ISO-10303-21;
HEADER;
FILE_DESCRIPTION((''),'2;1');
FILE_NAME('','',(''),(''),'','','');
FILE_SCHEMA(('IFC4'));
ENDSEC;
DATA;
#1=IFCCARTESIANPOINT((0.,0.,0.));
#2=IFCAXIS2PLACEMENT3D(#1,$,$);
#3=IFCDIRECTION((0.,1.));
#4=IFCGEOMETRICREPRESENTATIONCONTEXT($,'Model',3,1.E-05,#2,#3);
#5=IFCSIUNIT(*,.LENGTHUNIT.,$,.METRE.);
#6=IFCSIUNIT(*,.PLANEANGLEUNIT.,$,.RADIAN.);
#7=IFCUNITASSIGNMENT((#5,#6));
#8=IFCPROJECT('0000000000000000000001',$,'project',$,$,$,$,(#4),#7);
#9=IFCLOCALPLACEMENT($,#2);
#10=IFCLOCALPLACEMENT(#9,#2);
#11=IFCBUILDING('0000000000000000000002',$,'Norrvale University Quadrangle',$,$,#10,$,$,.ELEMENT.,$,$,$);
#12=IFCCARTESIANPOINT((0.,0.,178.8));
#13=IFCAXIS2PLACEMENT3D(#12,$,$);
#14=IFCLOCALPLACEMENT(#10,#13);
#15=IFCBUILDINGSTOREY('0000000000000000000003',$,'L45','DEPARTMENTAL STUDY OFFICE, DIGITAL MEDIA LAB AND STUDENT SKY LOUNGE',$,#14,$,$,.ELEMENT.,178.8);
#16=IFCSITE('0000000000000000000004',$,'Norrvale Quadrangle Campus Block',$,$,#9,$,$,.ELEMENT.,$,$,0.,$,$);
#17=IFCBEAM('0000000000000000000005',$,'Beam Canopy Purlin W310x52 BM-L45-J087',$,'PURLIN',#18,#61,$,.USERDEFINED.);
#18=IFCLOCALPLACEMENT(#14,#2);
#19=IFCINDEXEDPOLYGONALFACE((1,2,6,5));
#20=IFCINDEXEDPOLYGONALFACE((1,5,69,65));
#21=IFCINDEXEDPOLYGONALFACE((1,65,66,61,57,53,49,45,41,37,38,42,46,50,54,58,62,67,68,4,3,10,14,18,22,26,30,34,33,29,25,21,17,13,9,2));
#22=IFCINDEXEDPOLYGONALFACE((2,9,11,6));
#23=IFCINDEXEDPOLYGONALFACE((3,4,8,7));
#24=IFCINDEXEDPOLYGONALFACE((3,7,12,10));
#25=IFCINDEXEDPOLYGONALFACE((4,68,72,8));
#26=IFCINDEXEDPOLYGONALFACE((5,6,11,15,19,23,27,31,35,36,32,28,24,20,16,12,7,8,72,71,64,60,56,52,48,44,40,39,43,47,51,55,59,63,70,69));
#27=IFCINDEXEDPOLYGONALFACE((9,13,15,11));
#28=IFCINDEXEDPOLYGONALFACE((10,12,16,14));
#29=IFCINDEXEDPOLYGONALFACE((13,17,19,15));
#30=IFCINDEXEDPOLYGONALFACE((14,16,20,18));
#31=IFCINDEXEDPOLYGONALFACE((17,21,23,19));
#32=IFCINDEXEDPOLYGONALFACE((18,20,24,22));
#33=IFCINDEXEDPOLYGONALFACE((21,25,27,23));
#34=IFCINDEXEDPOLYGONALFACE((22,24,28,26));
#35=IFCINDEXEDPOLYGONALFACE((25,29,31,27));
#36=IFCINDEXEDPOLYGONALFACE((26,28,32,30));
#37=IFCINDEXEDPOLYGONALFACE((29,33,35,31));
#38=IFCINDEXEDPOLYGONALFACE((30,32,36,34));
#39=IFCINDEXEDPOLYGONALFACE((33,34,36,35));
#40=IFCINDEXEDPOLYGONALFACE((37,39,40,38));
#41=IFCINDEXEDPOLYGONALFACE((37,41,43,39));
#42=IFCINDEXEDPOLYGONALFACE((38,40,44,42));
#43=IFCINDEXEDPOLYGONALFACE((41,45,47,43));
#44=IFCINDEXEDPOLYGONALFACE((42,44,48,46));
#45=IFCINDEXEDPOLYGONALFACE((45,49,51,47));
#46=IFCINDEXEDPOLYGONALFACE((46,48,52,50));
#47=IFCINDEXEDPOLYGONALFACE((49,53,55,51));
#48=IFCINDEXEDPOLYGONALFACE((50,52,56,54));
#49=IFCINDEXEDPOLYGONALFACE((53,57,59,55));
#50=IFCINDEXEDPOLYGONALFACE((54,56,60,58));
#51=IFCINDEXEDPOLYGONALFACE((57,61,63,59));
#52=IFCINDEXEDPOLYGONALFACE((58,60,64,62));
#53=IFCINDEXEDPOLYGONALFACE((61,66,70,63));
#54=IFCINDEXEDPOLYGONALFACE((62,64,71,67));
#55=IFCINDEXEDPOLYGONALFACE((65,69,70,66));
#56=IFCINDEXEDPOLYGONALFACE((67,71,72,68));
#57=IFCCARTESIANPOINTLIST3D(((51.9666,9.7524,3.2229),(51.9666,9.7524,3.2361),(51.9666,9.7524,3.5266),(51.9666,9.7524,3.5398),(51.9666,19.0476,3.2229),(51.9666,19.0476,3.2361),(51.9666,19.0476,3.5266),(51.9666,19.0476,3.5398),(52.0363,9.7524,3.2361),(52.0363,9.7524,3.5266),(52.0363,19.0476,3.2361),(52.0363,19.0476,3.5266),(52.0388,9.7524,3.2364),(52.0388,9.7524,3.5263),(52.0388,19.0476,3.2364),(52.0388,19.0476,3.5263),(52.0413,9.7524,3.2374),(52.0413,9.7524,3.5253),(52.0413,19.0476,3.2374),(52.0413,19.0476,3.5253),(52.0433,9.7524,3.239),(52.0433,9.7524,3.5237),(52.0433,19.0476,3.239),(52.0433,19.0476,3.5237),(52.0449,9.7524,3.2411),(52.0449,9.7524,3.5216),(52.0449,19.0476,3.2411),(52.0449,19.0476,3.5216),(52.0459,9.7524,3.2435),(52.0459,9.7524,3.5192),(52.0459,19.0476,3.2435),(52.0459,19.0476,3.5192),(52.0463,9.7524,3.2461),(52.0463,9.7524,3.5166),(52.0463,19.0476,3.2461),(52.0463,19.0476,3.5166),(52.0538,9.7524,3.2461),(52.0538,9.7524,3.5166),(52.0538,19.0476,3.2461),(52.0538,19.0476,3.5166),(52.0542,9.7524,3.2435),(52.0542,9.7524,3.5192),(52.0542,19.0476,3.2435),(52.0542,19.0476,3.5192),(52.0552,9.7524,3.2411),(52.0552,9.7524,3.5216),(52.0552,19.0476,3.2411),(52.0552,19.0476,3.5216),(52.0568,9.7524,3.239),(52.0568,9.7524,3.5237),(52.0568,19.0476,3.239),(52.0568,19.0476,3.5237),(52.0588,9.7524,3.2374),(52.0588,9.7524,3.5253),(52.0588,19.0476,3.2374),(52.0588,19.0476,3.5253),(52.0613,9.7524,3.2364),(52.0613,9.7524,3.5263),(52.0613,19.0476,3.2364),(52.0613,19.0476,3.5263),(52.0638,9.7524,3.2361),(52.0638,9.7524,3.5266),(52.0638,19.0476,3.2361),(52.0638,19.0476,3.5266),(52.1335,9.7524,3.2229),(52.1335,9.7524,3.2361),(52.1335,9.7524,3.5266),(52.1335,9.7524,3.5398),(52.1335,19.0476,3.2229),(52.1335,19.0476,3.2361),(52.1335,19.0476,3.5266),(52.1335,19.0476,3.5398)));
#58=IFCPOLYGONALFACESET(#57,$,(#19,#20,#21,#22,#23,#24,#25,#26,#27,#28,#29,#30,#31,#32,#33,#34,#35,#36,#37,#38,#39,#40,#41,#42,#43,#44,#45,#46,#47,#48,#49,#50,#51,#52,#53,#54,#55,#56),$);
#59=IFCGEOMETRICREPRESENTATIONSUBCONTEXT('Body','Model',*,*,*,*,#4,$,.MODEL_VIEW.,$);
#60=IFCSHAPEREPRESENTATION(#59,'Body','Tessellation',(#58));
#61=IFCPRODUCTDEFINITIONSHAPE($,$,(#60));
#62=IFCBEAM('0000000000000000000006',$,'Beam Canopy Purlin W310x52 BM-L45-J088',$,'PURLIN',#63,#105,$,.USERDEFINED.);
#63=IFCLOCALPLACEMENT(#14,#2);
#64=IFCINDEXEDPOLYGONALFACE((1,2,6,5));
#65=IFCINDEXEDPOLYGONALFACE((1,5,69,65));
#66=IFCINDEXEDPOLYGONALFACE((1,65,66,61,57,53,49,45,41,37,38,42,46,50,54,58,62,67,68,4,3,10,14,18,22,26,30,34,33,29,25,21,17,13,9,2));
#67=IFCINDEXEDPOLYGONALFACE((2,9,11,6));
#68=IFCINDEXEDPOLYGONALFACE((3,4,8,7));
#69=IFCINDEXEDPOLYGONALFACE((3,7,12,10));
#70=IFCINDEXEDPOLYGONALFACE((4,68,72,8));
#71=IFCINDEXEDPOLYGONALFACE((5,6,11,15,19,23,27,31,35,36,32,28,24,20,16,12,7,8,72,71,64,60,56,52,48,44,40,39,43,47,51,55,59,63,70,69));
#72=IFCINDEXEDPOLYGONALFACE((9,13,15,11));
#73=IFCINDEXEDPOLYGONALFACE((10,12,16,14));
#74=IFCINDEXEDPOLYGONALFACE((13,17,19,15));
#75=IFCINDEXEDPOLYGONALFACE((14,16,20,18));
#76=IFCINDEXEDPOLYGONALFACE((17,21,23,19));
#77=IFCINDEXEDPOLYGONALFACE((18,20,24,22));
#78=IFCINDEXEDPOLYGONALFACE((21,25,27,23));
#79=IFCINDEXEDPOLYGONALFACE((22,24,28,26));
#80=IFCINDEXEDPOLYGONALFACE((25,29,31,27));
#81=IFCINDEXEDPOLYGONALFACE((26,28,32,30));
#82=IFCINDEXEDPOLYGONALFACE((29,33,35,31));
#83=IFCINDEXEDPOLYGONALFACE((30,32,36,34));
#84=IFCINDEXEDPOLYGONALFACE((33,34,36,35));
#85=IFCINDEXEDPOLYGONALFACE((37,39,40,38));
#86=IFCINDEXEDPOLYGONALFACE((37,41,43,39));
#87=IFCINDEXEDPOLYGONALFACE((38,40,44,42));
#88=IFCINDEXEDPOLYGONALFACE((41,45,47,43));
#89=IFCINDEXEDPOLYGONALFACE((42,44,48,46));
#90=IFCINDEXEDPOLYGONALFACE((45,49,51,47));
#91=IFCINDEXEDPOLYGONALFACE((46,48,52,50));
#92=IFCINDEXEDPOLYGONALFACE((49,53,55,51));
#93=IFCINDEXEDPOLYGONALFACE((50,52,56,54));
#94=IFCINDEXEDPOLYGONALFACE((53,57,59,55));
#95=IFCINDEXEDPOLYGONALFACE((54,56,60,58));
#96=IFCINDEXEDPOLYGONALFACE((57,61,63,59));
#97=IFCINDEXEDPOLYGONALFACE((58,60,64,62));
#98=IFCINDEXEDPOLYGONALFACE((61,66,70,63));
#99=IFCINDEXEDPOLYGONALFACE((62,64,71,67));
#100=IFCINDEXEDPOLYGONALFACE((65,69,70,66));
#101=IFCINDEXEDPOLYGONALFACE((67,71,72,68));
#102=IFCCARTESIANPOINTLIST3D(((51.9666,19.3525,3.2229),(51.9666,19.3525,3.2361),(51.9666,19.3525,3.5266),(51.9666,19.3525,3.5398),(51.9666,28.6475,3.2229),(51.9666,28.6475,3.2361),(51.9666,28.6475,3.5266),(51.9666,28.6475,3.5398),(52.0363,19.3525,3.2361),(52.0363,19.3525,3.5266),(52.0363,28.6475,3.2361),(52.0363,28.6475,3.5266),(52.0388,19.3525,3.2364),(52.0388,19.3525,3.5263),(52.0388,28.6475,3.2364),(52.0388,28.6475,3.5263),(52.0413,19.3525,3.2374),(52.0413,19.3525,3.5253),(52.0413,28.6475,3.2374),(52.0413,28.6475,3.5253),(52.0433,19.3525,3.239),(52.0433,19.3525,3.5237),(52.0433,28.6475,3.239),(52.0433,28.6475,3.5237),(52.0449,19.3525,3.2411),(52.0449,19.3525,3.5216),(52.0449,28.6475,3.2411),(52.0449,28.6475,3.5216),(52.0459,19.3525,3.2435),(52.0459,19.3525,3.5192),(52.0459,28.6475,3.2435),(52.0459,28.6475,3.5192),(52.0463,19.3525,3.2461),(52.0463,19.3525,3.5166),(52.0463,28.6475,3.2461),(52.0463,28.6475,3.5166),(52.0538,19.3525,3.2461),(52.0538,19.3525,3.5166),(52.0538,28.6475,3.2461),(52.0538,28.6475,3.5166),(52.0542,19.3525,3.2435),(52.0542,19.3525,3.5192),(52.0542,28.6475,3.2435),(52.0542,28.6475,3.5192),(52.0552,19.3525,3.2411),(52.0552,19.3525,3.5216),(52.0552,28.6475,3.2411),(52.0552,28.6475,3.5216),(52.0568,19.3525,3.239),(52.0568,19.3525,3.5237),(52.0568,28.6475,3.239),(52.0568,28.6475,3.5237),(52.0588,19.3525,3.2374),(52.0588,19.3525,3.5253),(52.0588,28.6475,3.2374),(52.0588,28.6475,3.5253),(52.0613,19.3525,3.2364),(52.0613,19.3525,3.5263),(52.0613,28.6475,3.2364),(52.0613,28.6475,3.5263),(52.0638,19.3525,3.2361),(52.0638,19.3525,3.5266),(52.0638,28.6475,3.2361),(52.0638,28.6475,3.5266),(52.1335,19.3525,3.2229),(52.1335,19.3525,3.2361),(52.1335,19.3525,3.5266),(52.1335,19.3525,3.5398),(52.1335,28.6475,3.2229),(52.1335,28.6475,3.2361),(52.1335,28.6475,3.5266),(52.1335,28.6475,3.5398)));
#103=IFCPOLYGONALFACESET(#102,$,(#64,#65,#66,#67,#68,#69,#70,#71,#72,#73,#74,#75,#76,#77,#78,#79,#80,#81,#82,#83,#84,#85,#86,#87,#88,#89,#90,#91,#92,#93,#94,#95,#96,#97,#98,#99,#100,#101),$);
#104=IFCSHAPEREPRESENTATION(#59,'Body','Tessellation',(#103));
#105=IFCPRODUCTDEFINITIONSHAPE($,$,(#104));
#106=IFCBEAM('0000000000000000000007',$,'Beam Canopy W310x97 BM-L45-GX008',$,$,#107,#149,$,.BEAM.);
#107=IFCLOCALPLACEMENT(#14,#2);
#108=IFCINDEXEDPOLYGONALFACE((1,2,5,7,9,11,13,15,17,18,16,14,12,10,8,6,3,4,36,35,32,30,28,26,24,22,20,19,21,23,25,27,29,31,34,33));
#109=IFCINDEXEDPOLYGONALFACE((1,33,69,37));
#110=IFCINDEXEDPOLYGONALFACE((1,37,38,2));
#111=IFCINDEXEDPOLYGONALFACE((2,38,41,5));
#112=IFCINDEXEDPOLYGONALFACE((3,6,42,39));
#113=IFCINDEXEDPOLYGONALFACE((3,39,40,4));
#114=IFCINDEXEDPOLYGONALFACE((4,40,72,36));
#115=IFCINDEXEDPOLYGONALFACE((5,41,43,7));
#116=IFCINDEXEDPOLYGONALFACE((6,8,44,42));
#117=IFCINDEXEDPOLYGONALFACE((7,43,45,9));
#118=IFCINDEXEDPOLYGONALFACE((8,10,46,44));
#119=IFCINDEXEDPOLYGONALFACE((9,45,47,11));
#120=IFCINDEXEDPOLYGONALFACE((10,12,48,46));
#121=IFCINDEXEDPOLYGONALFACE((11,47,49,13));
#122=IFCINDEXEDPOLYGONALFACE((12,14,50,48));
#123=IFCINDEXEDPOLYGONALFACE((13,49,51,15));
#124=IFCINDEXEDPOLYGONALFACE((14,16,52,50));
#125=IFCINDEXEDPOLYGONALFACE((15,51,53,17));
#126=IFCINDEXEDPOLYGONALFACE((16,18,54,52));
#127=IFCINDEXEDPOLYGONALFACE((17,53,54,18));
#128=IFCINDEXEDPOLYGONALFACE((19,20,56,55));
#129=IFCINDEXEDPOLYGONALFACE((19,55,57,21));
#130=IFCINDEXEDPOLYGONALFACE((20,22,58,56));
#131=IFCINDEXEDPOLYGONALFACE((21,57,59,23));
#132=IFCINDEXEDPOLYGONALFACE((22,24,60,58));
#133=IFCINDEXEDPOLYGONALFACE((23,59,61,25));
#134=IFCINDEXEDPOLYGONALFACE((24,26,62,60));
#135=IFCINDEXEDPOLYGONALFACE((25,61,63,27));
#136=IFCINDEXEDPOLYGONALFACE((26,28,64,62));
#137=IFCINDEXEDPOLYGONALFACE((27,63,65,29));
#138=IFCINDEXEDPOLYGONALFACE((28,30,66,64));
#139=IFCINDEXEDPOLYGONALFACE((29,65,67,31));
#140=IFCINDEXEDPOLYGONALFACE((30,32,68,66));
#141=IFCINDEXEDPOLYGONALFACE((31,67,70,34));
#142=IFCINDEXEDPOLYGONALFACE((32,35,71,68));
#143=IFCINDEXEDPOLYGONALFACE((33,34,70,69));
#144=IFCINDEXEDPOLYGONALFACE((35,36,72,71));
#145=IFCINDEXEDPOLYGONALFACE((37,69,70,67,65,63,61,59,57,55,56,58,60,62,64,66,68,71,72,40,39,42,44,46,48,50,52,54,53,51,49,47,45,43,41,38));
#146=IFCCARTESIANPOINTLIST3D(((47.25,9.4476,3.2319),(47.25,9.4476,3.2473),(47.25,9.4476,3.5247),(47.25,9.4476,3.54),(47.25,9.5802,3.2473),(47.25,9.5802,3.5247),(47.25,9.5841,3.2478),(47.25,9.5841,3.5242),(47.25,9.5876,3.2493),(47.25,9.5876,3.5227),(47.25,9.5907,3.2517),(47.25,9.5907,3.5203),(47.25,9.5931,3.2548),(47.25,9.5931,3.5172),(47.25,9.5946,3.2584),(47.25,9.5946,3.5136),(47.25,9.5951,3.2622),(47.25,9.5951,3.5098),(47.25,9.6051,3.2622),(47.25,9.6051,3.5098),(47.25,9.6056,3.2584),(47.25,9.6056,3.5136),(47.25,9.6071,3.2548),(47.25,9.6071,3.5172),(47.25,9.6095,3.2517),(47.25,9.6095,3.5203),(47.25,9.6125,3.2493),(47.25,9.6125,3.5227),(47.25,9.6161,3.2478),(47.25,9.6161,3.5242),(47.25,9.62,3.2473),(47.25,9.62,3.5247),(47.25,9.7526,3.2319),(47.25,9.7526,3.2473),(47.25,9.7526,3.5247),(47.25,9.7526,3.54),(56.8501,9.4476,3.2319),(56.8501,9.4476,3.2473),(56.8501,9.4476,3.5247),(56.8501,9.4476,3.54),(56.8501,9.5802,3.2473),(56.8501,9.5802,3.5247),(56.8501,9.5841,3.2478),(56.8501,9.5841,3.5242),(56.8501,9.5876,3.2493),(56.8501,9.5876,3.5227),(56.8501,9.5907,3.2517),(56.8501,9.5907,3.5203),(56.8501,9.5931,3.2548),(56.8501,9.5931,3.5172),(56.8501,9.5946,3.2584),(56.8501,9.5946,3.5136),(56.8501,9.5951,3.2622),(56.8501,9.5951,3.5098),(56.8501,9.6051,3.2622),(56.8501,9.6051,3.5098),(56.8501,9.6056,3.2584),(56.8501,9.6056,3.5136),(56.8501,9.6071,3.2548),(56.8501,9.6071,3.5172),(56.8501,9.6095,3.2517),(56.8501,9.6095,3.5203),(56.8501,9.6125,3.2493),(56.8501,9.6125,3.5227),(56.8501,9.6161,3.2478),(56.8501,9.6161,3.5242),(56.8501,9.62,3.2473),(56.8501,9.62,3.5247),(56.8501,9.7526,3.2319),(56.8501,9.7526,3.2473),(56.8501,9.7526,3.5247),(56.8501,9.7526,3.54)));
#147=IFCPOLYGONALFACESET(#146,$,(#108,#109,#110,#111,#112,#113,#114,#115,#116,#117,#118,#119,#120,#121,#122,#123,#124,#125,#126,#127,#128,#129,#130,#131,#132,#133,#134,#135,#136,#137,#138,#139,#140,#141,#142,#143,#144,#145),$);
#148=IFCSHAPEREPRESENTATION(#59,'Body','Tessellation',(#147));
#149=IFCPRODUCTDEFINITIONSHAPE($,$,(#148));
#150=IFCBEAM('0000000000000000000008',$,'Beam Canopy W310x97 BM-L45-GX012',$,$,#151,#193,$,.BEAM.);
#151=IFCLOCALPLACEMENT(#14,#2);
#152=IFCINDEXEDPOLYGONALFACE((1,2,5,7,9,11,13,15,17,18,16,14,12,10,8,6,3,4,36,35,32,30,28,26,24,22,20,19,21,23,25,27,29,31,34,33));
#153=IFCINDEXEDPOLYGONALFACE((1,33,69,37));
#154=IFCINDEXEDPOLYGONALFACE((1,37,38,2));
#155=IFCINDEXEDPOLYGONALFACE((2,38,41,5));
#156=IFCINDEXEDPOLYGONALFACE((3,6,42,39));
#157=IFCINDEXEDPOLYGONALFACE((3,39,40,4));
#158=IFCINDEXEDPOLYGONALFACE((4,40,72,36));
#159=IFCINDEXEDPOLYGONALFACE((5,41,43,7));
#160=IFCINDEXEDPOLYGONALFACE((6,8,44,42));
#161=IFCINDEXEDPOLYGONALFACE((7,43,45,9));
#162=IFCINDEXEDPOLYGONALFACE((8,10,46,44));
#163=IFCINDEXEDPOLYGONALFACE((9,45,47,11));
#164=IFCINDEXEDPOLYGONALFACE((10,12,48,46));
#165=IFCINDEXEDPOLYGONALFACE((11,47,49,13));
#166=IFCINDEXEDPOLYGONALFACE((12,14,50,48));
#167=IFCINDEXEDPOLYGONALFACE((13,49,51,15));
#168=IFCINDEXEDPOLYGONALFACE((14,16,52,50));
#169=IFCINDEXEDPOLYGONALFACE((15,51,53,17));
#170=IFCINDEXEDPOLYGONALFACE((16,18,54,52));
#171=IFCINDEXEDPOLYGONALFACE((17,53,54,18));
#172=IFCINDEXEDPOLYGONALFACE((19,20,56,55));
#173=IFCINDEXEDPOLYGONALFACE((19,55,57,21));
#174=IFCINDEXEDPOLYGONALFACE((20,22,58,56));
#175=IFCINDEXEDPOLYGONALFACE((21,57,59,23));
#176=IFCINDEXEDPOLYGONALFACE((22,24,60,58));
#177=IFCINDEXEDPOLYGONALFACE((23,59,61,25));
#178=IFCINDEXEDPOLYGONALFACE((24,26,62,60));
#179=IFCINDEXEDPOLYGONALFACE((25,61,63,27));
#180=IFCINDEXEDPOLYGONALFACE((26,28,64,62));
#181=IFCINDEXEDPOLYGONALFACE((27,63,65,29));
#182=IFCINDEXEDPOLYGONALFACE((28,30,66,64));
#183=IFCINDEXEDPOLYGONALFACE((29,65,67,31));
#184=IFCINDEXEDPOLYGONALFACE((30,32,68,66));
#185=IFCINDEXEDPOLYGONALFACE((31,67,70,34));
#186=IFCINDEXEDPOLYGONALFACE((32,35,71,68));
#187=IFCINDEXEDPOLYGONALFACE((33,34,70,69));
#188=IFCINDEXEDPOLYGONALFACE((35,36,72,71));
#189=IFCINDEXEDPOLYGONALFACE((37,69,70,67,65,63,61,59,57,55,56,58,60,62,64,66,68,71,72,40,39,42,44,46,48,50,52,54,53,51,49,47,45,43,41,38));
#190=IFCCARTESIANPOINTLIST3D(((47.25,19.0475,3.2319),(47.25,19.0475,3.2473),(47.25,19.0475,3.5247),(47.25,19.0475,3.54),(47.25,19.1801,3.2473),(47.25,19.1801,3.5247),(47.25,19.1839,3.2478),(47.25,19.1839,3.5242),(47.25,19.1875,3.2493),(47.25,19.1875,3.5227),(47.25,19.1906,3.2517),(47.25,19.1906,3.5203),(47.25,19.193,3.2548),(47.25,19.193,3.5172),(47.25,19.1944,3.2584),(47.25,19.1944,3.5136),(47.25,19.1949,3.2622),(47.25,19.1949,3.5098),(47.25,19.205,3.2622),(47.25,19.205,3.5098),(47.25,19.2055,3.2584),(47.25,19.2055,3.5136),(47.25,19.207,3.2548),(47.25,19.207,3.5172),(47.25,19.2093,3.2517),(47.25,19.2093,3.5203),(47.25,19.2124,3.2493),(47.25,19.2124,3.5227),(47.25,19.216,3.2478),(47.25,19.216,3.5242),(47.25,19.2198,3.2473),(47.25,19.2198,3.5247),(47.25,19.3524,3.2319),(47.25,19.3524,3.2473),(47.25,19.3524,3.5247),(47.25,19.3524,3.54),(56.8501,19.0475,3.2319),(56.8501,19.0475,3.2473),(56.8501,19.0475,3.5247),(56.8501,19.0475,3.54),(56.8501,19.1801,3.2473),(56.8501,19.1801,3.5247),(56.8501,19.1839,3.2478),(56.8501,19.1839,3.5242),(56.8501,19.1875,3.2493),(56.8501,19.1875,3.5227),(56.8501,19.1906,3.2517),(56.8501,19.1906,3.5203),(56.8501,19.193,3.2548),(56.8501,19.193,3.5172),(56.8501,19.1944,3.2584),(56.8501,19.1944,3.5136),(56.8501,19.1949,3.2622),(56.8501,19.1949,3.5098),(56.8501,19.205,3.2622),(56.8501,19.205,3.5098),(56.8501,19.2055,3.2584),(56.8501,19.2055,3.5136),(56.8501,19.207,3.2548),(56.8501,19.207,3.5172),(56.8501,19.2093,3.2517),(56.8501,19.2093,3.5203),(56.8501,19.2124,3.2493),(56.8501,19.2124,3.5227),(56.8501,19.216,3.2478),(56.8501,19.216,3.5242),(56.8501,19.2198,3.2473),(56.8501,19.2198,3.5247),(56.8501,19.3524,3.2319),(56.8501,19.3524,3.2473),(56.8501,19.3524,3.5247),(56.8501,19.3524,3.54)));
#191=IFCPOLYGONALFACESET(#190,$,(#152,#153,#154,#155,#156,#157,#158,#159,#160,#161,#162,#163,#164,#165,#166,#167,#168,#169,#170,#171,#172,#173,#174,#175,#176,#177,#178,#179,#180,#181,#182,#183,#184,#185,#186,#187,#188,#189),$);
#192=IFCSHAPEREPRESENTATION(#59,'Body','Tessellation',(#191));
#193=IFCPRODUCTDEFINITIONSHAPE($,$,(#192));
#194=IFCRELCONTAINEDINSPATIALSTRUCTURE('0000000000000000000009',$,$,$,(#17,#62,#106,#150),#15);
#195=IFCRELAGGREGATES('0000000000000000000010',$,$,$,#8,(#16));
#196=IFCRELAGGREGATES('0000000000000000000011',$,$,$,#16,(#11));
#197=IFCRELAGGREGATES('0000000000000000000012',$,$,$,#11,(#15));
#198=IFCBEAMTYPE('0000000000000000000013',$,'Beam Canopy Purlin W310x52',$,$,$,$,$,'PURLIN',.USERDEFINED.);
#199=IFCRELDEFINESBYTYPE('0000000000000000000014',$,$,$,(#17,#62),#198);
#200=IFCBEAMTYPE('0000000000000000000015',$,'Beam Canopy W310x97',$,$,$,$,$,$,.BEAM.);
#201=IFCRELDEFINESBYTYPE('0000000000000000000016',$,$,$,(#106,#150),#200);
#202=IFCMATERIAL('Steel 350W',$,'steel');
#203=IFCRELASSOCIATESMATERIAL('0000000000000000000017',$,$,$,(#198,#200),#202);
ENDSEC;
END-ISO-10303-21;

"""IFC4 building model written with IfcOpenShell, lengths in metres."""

from ifc_helpers import new_model, si_unit, direction, frame, origin, origin_2d, place, context, subcontext, project, spatial, i_section, extrude, material, material_profile, profile_set, type_object, element, save


model = new_model("IFC4")

# Units and contexts
model_context = context("Model", 3, precision=1e-05, world=origin(), true_north=direction((0.0, 1.0)))
body_context = subcontext(model_context, "Body", "Model", "MODEL_VIEW")
ifc_project = project(units=[si_unit("LENGTHUNIT", "METRE"), si_unit("PLANEANGLEUNIT", "RADIAN")], contexts=[model_context])

# Site, building, storey
site_placement = place(None, origin())
site = spatial("IfcSite", under=ifc_project, at=site_placement, Name="Norrvale Quadrangle Campus Block", CompositionType="ELEMENT", RefElevation=0.0)
building_placement = place(site_placement, origin())
building = spatial("IfcBuilding", under=site, at=building_placement, Name="Norrvale University Quadrangle", CompositionType="ELEMENT")
storey_placement = place(building_placement, frame((0.0, 0.0, 178.8)))
storey = spatial("IfcBuildingStorey", under=building, at=storey_placement, Name="L45", Description="DEPARTMENTAL STUDY OFFICE, DIGITAL MEDIA LAB AND STUDENT SKY LOUNGE", CompositionType="ELEMENT", Elevation=178.8)

# Beams
ifc_material_1 = material(Name="Steel 350W", Category="steel")
ifc_material_profile_1 = material_profile(ifc_material_1, i_section(OverallWidth=0.167, OverallDepth=0.3169, WebThickness=0.0076, FlangeThickness=0.0132, FilletRadius=0.01, at=origin_2d()), Name="Steel 350W")
ifc_profile_set_1 = profile_set([ifc_material_profile_1], Name="Steel 350W")
beam_type_1 = type_object("IfcBeamType", Name="Beam Canopy Purlin W310x52", ElementType="PURLIN", PredefinedType="USERDEFINED", material=ifc_profile_set_1)
beam_1_placement = place(storey_placement, frame((52.05, 9.7524, 3.3813), z_axis=(0.0, 1.0, 0.0), x_axis=(-1.0, 0.0, 0.0)))
element("IfcBeam", 1, at=beam_1_placement, inside=storey, type_object=beam_type_1, Name="Beam Canopy Purlin W310x52 BM-L45-J087", ObjectType="PURLIN", PredefinedType="USERDEFINED", context=body_context, shape_type="SweptSolid", body=[
    extrude(i_section(OverallWidth=0.167, OverallDepth=0.3169, WebThickness=0.0076, FlangeThickness=0.0132, FilletRadius=0.01, at=origin_2d()), origin(), (0.0, 0.0, 1.0), 9.2952),
])
beam_2_placement = place(storey_placement, frame((52.05, 19.3525, 3.3813), z_axis=(0.0, 1.0, 0.0), x_axis=(-1.0, 0.0, 0.0)))
element("IfcBeam", 2, at=beam_2_placement, inside=storey, type_object=beam_type_1, Name="Beam Canopy Purlin W310x52 BM-L45-J088", ObjectType="PURLIN", PredefinedType="USERDEFINED", context=body_context, shape_type="SweptSolid", body=[
    extrude(i_section(OverallWidth=0.167, OverallDepth=0.3169, WebThickness=0.0076, FlangeThickness=0.0132, FilletRadius=0.01, at=origin_2d()), origin(), (0.0, 0.0, 1.0), 9.2949),
])
ifc_material_profile_2 = material_profile(ifc_material_1, i_section(OverallWidth=0.3049, OverallDepth=0.3081, WebThickness=0.01, FlangeThickness=0.0154, FilletRadius=0.0149, at=origin_2d()), Name="Steel 350W")
ifc_profile_set_2 = profile_set([ifc_material_profile_2], Name="Steel 350W")
beam_type_2 = type_object("IfcBeamType", Name="Beam Canopy W310x97", PredefinedType="BEAM", material=ifc_profile_set_2)
for number, where, z_axis, x_axis, name in (
    (3, (47.25, 9.6001, 3.386), (1.0, 0.0, 0.0), (0.0, 1.0, 0.0), "Beam Canopy W310x97 BM-L45-GX008"),
    (4, (47.25, 19.2, 3.386), (1.0, 0.0, 0.0), (0.0, 1.0, 0.0), "Beam Canopy W310x97 BM-L45-GX012"),
):
    element("IfcBeam", number, at=place(storey_placement, frame(where, z_axis=z_axis, x_axis=x_axis)), inside=storey, type_object=beam_type_2, Name=name, PredefinedType="BEAM", context=body_context, shape_type="SweptSolid", body=[
        extrude(i_section(OverallWidth=0.3049, OverallDepth=0.3081, WebThickness=0.01, FlangeThickness=0.0154, FilletRadius=0.0149, at=origin_2d()), origin(), (0.0, 0.0, 1.0), 9.6001),
    ])

save(model, "model.ifc")
